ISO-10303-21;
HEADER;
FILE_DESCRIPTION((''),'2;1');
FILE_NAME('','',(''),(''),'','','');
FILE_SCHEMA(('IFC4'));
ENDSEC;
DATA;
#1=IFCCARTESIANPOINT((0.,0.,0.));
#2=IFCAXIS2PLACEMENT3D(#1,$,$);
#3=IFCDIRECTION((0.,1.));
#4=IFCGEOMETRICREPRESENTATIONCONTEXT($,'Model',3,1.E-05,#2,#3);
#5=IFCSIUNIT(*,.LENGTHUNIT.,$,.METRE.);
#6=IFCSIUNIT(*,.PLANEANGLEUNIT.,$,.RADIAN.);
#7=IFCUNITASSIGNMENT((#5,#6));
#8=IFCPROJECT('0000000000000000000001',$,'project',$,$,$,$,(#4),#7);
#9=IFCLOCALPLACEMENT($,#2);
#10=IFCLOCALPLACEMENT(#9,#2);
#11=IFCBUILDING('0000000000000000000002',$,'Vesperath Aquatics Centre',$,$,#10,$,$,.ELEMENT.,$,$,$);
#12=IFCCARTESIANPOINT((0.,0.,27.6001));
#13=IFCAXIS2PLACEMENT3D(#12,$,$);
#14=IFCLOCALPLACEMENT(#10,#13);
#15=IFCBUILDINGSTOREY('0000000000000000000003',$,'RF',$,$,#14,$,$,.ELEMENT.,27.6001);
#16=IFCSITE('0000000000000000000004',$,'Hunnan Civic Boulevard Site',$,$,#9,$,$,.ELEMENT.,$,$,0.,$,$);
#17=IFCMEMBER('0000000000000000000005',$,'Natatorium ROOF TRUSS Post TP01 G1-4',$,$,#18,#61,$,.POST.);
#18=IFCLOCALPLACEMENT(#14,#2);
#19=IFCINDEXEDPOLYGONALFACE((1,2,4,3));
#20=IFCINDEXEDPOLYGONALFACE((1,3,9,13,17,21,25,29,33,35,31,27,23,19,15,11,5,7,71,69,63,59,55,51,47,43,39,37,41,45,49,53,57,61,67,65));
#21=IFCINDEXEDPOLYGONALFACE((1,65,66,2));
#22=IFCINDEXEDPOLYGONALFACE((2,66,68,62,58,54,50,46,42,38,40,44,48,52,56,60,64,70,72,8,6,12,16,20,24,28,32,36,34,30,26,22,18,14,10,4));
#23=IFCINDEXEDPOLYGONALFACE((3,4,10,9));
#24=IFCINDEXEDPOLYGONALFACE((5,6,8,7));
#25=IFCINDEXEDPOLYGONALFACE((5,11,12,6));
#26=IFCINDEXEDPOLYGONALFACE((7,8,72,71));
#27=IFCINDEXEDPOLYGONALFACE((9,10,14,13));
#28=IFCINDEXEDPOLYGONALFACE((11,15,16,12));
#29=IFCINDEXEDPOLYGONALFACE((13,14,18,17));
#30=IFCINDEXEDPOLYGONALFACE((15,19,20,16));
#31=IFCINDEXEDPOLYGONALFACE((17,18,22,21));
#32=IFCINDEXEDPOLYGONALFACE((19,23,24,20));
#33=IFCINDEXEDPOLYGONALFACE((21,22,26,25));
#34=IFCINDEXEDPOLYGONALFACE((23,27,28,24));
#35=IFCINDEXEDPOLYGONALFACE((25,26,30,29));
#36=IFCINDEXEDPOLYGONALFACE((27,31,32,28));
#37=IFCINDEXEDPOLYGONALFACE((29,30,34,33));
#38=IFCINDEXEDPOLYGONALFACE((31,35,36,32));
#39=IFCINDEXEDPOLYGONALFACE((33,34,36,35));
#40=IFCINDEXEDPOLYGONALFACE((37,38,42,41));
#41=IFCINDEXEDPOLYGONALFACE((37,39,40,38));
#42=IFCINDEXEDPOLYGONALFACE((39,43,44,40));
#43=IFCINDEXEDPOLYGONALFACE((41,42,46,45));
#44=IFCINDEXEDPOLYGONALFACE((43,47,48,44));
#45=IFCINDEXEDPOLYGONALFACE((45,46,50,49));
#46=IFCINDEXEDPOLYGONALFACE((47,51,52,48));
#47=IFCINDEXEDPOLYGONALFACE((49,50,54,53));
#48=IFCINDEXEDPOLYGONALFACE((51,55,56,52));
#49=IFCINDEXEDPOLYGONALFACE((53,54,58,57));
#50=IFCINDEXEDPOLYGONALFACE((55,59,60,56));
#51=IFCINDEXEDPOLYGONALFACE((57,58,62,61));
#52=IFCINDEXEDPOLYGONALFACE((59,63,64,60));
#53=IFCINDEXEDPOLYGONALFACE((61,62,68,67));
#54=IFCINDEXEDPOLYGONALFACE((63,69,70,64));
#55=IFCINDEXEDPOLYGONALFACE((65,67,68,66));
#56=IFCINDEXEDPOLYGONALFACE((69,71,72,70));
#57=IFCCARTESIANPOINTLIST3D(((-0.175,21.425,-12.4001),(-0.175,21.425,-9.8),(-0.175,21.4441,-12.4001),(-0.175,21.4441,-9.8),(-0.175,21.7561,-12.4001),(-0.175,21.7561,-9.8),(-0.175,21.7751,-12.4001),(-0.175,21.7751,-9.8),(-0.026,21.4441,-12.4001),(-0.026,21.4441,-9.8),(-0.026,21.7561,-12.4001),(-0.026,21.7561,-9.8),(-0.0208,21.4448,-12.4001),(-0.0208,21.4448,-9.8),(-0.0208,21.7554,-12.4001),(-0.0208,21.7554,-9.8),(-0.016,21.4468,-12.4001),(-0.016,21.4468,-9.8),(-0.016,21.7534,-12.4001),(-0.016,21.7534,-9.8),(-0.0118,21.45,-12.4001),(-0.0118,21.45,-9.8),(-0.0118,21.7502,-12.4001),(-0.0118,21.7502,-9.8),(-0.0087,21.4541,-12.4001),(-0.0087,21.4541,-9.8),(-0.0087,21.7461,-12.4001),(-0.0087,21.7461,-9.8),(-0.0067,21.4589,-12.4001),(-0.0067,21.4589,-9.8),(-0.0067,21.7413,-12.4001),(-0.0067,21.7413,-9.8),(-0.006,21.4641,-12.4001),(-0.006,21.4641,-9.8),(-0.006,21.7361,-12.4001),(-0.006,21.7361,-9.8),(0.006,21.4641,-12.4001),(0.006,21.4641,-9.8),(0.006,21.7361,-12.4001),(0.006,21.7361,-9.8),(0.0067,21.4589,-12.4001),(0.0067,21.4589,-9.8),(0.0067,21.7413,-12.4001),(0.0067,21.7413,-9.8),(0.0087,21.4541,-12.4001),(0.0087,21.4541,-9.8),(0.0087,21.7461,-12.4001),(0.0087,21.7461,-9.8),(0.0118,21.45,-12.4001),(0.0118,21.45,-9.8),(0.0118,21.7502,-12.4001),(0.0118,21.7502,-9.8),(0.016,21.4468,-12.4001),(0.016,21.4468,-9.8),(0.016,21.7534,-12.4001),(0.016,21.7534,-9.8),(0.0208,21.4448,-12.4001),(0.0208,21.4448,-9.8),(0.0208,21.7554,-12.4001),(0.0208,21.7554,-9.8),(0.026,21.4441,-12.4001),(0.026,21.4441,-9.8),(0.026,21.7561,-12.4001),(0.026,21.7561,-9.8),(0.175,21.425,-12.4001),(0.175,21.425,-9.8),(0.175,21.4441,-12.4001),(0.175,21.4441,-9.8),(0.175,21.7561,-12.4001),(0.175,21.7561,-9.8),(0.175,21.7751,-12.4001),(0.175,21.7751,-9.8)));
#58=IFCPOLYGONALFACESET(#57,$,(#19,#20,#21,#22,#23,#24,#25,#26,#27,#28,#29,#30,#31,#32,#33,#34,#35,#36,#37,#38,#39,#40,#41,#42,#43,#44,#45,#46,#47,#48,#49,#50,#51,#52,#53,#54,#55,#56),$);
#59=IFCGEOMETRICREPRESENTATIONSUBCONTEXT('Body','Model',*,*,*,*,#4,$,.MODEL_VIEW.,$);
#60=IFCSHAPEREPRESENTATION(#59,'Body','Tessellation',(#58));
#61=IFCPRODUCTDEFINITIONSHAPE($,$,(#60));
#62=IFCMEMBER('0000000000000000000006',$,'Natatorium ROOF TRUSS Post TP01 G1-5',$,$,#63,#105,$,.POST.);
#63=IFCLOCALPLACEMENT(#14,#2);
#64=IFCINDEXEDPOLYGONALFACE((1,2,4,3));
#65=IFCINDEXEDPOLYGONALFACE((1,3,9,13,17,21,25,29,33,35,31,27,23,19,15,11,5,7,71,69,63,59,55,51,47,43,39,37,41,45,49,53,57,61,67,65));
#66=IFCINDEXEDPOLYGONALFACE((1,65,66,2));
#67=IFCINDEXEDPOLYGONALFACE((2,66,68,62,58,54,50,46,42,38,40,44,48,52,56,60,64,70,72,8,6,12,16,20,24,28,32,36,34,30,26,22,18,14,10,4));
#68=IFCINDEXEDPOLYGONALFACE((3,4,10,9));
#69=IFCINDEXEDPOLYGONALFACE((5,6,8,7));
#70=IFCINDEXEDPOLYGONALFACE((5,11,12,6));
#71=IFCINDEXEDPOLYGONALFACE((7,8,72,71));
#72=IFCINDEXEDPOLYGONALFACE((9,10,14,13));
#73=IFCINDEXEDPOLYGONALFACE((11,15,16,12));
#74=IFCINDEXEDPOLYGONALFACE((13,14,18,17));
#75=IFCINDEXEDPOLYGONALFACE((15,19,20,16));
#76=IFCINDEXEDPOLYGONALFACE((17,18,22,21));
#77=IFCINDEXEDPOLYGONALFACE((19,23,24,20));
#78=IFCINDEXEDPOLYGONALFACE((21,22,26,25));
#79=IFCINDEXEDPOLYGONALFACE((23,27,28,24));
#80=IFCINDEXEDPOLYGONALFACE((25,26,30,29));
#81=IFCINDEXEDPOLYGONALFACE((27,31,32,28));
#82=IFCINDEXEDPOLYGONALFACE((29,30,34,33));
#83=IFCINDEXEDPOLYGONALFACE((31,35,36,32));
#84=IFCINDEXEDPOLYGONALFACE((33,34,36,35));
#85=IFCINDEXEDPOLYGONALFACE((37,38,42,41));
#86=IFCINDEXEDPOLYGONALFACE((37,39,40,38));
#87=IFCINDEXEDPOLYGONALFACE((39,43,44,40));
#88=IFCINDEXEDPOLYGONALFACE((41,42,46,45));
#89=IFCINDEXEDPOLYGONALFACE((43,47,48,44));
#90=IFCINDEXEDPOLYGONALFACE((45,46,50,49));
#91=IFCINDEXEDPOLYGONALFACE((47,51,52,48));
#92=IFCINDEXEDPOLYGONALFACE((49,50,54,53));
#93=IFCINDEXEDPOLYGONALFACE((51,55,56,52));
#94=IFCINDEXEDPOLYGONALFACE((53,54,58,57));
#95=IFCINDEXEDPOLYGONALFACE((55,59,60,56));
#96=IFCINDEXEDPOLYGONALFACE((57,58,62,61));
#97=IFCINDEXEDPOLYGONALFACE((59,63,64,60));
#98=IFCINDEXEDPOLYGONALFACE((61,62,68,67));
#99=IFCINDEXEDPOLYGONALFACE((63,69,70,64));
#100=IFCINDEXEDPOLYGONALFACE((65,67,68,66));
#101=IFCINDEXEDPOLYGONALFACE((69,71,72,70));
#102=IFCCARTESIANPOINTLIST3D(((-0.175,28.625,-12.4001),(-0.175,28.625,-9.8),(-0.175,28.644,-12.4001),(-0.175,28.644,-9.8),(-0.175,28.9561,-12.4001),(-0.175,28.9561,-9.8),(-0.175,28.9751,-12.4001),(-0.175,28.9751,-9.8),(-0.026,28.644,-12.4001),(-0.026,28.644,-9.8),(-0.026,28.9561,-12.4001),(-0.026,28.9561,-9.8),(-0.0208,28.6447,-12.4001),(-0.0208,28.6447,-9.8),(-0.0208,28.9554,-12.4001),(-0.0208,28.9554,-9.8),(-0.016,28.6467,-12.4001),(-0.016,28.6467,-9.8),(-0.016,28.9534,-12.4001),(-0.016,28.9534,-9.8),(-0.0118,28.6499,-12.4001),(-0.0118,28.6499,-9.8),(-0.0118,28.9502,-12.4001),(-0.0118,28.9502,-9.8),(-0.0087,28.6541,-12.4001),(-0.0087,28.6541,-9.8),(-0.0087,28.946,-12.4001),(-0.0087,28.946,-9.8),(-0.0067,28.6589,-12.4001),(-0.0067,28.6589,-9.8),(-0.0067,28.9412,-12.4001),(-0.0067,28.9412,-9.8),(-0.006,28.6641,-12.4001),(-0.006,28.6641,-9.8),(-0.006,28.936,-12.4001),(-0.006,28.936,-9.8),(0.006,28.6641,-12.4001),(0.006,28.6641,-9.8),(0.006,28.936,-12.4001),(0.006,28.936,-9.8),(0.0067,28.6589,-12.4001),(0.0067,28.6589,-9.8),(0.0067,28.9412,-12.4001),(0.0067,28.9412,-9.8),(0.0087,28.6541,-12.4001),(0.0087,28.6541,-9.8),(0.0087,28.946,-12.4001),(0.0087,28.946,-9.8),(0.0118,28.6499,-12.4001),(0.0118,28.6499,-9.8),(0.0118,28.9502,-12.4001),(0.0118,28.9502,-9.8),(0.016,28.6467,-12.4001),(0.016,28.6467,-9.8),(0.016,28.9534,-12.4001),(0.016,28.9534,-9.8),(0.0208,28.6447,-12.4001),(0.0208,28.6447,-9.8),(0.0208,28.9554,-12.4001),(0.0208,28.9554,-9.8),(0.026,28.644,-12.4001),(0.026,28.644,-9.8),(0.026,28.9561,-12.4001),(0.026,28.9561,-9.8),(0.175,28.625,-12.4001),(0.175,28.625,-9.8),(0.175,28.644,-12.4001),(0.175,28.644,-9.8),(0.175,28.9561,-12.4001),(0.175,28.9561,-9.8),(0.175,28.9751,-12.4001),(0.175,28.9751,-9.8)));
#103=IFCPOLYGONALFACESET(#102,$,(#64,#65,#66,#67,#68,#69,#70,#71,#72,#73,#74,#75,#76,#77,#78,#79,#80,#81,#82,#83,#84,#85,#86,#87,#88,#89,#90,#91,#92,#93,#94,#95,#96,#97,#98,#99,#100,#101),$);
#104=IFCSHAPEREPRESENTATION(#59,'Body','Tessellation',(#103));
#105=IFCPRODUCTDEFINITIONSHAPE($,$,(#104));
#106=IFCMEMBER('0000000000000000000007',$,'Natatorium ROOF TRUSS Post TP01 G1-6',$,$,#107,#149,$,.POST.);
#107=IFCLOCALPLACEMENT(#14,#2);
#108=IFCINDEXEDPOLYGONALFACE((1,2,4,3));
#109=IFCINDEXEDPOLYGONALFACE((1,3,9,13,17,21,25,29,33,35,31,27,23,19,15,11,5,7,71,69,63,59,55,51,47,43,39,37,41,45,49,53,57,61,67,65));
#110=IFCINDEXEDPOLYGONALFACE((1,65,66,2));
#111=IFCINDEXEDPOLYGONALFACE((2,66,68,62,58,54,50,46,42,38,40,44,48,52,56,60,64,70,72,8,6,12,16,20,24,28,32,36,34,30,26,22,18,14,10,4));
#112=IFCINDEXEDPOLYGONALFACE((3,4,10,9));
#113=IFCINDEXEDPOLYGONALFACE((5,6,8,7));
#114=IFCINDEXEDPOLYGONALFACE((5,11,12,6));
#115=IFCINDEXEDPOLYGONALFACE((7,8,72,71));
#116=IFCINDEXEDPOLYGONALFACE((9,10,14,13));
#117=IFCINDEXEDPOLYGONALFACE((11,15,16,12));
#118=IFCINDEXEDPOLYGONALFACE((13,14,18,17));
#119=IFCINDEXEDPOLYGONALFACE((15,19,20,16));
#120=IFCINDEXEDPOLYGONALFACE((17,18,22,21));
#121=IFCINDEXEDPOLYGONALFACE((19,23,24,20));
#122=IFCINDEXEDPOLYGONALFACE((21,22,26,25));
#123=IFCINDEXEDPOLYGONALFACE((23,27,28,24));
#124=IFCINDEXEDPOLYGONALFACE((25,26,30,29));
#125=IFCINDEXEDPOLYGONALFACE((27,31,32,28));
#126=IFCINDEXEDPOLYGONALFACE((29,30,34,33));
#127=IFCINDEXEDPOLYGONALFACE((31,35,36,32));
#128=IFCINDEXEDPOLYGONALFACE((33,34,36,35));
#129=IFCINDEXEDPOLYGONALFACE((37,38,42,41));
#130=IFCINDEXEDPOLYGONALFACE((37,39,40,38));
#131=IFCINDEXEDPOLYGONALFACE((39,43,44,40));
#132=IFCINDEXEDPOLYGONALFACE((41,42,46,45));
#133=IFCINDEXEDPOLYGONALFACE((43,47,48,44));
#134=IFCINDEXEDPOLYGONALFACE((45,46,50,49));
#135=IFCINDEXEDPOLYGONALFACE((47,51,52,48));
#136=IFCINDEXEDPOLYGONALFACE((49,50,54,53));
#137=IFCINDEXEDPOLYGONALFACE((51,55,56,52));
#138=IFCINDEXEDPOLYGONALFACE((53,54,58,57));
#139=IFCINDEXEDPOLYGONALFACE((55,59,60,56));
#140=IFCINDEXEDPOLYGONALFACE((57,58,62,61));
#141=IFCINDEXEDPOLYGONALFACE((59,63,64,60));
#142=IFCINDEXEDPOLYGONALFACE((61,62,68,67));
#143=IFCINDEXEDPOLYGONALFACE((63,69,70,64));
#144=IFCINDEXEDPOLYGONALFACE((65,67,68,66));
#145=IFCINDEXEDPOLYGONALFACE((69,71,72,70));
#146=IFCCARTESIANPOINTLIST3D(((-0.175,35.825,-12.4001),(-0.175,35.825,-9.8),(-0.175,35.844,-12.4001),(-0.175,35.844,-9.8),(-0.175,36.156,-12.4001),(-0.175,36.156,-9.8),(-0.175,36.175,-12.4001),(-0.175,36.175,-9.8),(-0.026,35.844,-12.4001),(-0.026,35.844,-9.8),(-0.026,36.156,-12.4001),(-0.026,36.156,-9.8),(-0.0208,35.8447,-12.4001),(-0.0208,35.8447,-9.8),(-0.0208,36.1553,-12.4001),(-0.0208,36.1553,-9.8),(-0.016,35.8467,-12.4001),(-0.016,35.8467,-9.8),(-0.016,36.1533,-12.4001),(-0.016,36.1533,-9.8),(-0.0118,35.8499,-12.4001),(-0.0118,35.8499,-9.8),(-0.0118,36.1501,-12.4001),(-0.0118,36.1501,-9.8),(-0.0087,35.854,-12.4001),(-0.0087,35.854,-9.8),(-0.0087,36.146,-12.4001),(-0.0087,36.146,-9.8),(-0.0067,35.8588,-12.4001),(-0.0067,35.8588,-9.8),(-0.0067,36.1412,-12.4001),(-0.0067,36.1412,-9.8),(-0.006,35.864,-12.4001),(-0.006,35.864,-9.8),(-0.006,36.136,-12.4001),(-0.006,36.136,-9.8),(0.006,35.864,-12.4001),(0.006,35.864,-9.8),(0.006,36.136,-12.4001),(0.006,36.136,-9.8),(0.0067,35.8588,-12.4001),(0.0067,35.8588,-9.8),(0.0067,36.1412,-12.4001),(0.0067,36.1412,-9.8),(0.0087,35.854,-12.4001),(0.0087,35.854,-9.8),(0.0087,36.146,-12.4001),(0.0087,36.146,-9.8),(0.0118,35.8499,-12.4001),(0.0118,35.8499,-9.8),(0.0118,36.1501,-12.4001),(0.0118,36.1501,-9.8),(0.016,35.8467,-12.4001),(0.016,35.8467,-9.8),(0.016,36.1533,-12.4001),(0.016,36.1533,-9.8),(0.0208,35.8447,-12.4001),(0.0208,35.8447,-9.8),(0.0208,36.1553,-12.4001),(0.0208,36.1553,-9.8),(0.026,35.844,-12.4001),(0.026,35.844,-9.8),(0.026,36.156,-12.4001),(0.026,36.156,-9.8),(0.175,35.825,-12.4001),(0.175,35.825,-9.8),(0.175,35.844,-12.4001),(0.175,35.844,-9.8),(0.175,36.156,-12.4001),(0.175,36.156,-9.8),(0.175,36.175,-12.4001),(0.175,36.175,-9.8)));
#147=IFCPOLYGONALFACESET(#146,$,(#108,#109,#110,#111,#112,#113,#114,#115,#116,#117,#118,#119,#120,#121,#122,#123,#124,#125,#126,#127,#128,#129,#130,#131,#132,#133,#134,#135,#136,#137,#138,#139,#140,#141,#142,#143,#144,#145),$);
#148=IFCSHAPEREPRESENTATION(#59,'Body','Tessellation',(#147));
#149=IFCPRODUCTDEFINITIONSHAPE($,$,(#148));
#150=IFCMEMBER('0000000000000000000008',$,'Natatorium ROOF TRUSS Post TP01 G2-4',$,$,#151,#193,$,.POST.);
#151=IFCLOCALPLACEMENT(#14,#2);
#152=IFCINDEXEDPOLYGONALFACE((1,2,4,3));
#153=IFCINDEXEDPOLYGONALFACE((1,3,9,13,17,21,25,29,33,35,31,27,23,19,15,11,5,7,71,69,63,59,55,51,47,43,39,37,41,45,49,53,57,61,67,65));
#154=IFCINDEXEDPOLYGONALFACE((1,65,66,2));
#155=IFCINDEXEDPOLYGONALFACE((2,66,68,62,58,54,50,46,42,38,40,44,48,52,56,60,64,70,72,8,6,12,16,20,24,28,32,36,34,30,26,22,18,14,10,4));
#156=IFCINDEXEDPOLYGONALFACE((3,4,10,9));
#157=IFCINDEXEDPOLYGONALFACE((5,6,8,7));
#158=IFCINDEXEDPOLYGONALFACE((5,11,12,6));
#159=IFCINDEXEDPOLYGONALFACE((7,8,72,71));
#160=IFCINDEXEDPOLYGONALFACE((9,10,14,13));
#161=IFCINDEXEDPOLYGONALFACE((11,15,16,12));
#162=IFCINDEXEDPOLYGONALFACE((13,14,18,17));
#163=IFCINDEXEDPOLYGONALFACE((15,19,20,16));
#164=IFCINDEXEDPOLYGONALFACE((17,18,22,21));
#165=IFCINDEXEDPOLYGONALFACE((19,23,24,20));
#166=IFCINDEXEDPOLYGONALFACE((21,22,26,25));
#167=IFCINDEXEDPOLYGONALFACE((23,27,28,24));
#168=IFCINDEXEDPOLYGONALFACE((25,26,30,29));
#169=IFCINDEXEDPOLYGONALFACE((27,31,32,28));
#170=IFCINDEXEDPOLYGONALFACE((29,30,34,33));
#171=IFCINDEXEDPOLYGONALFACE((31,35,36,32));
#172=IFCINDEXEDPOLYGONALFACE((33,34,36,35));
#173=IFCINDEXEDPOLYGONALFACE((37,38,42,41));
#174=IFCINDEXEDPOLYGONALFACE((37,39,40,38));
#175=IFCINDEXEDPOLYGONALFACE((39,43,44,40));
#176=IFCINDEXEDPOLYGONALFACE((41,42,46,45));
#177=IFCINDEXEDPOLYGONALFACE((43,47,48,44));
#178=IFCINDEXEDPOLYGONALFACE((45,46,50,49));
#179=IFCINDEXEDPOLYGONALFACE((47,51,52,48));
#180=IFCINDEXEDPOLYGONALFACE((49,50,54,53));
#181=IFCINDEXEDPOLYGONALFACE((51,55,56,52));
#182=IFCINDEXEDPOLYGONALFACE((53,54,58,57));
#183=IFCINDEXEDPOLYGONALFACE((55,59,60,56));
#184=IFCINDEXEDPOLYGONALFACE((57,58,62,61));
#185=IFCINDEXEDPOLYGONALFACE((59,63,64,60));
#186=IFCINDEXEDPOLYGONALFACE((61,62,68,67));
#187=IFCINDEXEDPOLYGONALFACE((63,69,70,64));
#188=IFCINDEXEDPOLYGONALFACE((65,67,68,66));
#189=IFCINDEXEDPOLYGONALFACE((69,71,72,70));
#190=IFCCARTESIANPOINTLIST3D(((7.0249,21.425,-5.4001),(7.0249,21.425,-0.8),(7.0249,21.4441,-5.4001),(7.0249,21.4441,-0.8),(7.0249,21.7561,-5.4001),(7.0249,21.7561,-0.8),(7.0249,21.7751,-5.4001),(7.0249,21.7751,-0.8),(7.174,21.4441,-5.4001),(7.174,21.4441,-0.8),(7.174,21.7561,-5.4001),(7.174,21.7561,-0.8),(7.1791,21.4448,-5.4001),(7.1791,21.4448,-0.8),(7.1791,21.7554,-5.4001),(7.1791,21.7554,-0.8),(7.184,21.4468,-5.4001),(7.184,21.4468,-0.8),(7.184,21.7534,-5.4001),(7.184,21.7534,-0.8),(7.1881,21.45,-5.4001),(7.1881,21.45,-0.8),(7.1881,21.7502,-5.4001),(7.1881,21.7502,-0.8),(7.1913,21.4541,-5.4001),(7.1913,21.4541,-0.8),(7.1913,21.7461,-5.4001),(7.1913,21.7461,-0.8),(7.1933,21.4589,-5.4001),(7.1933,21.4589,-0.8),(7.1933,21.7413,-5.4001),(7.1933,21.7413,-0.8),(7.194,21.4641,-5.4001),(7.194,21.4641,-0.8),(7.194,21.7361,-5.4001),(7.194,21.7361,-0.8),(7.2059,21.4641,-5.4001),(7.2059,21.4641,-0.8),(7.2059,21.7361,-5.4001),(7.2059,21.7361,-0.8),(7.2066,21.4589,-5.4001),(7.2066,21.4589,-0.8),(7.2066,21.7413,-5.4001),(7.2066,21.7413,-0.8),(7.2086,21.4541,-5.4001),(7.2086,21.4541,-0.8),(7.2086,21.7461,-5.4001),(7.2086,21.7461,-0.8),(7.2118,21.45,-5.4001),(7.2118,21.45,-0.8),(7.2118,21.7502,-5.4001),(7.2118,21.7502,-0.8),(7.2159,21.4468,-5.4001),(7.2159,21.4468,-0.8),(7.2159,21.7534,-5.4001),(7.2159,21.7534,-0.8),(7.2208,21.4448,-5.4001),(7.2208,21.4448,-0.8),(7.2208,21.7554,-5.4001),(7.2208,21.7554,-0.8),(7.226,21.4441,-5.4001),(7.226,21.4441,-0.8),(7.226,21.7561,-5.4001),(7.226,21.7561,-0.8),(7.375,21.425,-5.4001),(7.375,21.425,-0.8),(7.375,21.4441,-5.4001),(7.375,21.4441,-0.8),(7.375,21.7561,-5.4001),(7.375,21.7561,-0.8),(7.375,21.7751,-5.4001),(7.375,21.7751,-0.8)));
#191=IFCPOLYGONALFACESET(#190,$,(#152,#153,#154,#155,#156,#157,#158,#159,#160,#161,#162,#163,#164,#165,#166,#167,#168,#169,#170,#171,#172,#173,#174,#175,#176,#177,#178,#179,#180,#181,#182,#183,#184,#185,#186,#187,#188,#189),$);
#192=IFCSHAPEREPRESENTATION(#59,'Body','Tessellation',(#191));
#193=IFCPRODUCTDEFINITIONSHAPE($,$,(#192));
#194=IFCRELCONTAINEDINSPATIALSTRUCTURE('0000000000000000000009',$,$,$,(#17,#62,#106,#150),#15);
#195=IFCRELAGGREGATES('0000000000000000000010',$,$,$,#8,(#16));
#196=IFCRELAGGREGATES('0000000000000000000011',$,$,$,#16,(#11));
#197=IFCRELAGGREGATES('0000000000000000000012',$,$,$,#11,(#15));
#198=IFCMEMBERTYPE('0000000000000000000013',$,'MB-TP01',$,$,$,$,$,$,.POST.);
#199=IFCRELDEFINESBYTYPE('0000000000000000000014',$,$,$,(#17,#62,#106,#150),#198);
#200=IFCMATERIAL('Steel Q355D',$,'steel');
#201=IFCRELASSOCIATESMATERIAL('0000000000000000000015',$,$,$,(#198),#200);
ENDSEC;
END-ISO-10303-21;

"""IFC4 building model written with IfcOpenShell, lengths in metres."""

from ifc_helpers import new_model, si_unit, direction, frame, origin, origin_2d, place, context, subcontext, project, spatial, i_section, extrude, material, material_profile, profile_set, type_object, element, save


model = new_model("IFC4")

# Units and contexts
model_context = context("Model", 3, precision=1e-05, world=origin(), true_north=direction((0.0, 1.0)))
body_context = subcontext(model_context, "Body", "Model", "MODEL_VIEW")
ifc_project = project(units=[si_unit("LENGTHUNIT", "METRE"), si_unit("PLANEANGLEUNIT", "RADIAN")], contexts=[model_context])

# Site, building, storey
site_placement = place(None, origin())
site = spatial("IfcSite", under=ifc_project, at=site_placement, Name="Hunnan Civic Boulevard Site", CompositionType="ELEMENT", RefElevation=0.0)
building_placement = place(site_placement, origin())
building = spatial("IfcBuilding", under=site, at=building_placement, Name="Vesperath Aquatics Centre", CompositionType="ELEMENT")
storey_placement = place(building_placement, frame((0.0, 0.0, 27.6001)))
storey = spatial("IfcBuildingStorey", under=building, at=storey_placement, Name="RF", CompositionType="ELEMENT", Elevation=27.6001)

# Members
ifc_material_1 = material(Name="Steel Q355D", Category="steel")
ifc_material_profile_1 = material_profile(ifc_material_1, i_section(OverallWidth=0.3501, OverallDepth=0.3501, WebThickness=0.012, FlangeThickness=0.019, FilletRadius=0.02, at=origin_2d()), Name="HW 350x350x12x19")
ifc_profile_set_1 = profile_set([ifc_material_profile_1], Name="Steel Q355D")
member_type_1 = type_object("IfcMemberType", Name="MB-TP01", PredefinedType="POST", material=ifc_profile_set_1)
for number, where, z_axis, x_axis, name in (
    (1, (0.0, 21.6001, -12.4001), (0.0, 0.0, 1.0), (1.0, 0.0, 0.0), "Natatorium ROOF TRUSS Post TP01 G1-4"),
    (2, (0.0, 28.8, -12.4001), (0.0, 0.0, 1.0), (1.0, 0.0, 0.0), "Natatorium ROOF TRUSS Post TP01 G1-5"),
    (3, (0.0, 36.0, -12.4001), (0.0, 0.0, 1.0), (1.0, 0.0, 0.0), "Natatorium ROOF TRUSS Post TP01 G1-6"),
):
    element("IfcMember", number, at=place(storey_placement, frame(where, z_axis=z_axis, x_axis=x_axis)), inside=storey, type_object=member_type_1, Name=name, PredefinedType="POST", context=body_context, shape_type="SweptSolid", body=[
        extrude(i_section(OverallWidth=0.3501, OverallDepth=0.3501, WebThickness=0.012, FlangeThickness=0.019, FilletRadius=0.02, at=origin_2d()), origin(), (0.0, 0.0, 1.0), 2.6001),
    ])
for number, where, z_axis, x_axis, name in (
    (4, (7.2, 21.6001, -5.4001), (0.0, 0.0, 1.0), (1.0, 0.0, 0.0), "Natatorium ROOF TRUSS Post TP01 G2-4"),
):
    element("IfcMember", number, at=place(storey_placement, frame(where, z_axis=z_axis, x_axis=x_axis)), inside=storey, type_object=member_type_1, Name=name, PredefinedType="POST", context=body_context, shape_type="SweptSolid", body=[
        extrude(i_section(OverallWidth=0.3501, OverallDepth=0.3501, WebThickness=0.012, FlangeThickness=0.019, FilletRadius=0.02, at=origin_2d()), origin(), (0.0, 0.0, 1.0), 4.6001),
    ])

save(model, "model.ifc")
